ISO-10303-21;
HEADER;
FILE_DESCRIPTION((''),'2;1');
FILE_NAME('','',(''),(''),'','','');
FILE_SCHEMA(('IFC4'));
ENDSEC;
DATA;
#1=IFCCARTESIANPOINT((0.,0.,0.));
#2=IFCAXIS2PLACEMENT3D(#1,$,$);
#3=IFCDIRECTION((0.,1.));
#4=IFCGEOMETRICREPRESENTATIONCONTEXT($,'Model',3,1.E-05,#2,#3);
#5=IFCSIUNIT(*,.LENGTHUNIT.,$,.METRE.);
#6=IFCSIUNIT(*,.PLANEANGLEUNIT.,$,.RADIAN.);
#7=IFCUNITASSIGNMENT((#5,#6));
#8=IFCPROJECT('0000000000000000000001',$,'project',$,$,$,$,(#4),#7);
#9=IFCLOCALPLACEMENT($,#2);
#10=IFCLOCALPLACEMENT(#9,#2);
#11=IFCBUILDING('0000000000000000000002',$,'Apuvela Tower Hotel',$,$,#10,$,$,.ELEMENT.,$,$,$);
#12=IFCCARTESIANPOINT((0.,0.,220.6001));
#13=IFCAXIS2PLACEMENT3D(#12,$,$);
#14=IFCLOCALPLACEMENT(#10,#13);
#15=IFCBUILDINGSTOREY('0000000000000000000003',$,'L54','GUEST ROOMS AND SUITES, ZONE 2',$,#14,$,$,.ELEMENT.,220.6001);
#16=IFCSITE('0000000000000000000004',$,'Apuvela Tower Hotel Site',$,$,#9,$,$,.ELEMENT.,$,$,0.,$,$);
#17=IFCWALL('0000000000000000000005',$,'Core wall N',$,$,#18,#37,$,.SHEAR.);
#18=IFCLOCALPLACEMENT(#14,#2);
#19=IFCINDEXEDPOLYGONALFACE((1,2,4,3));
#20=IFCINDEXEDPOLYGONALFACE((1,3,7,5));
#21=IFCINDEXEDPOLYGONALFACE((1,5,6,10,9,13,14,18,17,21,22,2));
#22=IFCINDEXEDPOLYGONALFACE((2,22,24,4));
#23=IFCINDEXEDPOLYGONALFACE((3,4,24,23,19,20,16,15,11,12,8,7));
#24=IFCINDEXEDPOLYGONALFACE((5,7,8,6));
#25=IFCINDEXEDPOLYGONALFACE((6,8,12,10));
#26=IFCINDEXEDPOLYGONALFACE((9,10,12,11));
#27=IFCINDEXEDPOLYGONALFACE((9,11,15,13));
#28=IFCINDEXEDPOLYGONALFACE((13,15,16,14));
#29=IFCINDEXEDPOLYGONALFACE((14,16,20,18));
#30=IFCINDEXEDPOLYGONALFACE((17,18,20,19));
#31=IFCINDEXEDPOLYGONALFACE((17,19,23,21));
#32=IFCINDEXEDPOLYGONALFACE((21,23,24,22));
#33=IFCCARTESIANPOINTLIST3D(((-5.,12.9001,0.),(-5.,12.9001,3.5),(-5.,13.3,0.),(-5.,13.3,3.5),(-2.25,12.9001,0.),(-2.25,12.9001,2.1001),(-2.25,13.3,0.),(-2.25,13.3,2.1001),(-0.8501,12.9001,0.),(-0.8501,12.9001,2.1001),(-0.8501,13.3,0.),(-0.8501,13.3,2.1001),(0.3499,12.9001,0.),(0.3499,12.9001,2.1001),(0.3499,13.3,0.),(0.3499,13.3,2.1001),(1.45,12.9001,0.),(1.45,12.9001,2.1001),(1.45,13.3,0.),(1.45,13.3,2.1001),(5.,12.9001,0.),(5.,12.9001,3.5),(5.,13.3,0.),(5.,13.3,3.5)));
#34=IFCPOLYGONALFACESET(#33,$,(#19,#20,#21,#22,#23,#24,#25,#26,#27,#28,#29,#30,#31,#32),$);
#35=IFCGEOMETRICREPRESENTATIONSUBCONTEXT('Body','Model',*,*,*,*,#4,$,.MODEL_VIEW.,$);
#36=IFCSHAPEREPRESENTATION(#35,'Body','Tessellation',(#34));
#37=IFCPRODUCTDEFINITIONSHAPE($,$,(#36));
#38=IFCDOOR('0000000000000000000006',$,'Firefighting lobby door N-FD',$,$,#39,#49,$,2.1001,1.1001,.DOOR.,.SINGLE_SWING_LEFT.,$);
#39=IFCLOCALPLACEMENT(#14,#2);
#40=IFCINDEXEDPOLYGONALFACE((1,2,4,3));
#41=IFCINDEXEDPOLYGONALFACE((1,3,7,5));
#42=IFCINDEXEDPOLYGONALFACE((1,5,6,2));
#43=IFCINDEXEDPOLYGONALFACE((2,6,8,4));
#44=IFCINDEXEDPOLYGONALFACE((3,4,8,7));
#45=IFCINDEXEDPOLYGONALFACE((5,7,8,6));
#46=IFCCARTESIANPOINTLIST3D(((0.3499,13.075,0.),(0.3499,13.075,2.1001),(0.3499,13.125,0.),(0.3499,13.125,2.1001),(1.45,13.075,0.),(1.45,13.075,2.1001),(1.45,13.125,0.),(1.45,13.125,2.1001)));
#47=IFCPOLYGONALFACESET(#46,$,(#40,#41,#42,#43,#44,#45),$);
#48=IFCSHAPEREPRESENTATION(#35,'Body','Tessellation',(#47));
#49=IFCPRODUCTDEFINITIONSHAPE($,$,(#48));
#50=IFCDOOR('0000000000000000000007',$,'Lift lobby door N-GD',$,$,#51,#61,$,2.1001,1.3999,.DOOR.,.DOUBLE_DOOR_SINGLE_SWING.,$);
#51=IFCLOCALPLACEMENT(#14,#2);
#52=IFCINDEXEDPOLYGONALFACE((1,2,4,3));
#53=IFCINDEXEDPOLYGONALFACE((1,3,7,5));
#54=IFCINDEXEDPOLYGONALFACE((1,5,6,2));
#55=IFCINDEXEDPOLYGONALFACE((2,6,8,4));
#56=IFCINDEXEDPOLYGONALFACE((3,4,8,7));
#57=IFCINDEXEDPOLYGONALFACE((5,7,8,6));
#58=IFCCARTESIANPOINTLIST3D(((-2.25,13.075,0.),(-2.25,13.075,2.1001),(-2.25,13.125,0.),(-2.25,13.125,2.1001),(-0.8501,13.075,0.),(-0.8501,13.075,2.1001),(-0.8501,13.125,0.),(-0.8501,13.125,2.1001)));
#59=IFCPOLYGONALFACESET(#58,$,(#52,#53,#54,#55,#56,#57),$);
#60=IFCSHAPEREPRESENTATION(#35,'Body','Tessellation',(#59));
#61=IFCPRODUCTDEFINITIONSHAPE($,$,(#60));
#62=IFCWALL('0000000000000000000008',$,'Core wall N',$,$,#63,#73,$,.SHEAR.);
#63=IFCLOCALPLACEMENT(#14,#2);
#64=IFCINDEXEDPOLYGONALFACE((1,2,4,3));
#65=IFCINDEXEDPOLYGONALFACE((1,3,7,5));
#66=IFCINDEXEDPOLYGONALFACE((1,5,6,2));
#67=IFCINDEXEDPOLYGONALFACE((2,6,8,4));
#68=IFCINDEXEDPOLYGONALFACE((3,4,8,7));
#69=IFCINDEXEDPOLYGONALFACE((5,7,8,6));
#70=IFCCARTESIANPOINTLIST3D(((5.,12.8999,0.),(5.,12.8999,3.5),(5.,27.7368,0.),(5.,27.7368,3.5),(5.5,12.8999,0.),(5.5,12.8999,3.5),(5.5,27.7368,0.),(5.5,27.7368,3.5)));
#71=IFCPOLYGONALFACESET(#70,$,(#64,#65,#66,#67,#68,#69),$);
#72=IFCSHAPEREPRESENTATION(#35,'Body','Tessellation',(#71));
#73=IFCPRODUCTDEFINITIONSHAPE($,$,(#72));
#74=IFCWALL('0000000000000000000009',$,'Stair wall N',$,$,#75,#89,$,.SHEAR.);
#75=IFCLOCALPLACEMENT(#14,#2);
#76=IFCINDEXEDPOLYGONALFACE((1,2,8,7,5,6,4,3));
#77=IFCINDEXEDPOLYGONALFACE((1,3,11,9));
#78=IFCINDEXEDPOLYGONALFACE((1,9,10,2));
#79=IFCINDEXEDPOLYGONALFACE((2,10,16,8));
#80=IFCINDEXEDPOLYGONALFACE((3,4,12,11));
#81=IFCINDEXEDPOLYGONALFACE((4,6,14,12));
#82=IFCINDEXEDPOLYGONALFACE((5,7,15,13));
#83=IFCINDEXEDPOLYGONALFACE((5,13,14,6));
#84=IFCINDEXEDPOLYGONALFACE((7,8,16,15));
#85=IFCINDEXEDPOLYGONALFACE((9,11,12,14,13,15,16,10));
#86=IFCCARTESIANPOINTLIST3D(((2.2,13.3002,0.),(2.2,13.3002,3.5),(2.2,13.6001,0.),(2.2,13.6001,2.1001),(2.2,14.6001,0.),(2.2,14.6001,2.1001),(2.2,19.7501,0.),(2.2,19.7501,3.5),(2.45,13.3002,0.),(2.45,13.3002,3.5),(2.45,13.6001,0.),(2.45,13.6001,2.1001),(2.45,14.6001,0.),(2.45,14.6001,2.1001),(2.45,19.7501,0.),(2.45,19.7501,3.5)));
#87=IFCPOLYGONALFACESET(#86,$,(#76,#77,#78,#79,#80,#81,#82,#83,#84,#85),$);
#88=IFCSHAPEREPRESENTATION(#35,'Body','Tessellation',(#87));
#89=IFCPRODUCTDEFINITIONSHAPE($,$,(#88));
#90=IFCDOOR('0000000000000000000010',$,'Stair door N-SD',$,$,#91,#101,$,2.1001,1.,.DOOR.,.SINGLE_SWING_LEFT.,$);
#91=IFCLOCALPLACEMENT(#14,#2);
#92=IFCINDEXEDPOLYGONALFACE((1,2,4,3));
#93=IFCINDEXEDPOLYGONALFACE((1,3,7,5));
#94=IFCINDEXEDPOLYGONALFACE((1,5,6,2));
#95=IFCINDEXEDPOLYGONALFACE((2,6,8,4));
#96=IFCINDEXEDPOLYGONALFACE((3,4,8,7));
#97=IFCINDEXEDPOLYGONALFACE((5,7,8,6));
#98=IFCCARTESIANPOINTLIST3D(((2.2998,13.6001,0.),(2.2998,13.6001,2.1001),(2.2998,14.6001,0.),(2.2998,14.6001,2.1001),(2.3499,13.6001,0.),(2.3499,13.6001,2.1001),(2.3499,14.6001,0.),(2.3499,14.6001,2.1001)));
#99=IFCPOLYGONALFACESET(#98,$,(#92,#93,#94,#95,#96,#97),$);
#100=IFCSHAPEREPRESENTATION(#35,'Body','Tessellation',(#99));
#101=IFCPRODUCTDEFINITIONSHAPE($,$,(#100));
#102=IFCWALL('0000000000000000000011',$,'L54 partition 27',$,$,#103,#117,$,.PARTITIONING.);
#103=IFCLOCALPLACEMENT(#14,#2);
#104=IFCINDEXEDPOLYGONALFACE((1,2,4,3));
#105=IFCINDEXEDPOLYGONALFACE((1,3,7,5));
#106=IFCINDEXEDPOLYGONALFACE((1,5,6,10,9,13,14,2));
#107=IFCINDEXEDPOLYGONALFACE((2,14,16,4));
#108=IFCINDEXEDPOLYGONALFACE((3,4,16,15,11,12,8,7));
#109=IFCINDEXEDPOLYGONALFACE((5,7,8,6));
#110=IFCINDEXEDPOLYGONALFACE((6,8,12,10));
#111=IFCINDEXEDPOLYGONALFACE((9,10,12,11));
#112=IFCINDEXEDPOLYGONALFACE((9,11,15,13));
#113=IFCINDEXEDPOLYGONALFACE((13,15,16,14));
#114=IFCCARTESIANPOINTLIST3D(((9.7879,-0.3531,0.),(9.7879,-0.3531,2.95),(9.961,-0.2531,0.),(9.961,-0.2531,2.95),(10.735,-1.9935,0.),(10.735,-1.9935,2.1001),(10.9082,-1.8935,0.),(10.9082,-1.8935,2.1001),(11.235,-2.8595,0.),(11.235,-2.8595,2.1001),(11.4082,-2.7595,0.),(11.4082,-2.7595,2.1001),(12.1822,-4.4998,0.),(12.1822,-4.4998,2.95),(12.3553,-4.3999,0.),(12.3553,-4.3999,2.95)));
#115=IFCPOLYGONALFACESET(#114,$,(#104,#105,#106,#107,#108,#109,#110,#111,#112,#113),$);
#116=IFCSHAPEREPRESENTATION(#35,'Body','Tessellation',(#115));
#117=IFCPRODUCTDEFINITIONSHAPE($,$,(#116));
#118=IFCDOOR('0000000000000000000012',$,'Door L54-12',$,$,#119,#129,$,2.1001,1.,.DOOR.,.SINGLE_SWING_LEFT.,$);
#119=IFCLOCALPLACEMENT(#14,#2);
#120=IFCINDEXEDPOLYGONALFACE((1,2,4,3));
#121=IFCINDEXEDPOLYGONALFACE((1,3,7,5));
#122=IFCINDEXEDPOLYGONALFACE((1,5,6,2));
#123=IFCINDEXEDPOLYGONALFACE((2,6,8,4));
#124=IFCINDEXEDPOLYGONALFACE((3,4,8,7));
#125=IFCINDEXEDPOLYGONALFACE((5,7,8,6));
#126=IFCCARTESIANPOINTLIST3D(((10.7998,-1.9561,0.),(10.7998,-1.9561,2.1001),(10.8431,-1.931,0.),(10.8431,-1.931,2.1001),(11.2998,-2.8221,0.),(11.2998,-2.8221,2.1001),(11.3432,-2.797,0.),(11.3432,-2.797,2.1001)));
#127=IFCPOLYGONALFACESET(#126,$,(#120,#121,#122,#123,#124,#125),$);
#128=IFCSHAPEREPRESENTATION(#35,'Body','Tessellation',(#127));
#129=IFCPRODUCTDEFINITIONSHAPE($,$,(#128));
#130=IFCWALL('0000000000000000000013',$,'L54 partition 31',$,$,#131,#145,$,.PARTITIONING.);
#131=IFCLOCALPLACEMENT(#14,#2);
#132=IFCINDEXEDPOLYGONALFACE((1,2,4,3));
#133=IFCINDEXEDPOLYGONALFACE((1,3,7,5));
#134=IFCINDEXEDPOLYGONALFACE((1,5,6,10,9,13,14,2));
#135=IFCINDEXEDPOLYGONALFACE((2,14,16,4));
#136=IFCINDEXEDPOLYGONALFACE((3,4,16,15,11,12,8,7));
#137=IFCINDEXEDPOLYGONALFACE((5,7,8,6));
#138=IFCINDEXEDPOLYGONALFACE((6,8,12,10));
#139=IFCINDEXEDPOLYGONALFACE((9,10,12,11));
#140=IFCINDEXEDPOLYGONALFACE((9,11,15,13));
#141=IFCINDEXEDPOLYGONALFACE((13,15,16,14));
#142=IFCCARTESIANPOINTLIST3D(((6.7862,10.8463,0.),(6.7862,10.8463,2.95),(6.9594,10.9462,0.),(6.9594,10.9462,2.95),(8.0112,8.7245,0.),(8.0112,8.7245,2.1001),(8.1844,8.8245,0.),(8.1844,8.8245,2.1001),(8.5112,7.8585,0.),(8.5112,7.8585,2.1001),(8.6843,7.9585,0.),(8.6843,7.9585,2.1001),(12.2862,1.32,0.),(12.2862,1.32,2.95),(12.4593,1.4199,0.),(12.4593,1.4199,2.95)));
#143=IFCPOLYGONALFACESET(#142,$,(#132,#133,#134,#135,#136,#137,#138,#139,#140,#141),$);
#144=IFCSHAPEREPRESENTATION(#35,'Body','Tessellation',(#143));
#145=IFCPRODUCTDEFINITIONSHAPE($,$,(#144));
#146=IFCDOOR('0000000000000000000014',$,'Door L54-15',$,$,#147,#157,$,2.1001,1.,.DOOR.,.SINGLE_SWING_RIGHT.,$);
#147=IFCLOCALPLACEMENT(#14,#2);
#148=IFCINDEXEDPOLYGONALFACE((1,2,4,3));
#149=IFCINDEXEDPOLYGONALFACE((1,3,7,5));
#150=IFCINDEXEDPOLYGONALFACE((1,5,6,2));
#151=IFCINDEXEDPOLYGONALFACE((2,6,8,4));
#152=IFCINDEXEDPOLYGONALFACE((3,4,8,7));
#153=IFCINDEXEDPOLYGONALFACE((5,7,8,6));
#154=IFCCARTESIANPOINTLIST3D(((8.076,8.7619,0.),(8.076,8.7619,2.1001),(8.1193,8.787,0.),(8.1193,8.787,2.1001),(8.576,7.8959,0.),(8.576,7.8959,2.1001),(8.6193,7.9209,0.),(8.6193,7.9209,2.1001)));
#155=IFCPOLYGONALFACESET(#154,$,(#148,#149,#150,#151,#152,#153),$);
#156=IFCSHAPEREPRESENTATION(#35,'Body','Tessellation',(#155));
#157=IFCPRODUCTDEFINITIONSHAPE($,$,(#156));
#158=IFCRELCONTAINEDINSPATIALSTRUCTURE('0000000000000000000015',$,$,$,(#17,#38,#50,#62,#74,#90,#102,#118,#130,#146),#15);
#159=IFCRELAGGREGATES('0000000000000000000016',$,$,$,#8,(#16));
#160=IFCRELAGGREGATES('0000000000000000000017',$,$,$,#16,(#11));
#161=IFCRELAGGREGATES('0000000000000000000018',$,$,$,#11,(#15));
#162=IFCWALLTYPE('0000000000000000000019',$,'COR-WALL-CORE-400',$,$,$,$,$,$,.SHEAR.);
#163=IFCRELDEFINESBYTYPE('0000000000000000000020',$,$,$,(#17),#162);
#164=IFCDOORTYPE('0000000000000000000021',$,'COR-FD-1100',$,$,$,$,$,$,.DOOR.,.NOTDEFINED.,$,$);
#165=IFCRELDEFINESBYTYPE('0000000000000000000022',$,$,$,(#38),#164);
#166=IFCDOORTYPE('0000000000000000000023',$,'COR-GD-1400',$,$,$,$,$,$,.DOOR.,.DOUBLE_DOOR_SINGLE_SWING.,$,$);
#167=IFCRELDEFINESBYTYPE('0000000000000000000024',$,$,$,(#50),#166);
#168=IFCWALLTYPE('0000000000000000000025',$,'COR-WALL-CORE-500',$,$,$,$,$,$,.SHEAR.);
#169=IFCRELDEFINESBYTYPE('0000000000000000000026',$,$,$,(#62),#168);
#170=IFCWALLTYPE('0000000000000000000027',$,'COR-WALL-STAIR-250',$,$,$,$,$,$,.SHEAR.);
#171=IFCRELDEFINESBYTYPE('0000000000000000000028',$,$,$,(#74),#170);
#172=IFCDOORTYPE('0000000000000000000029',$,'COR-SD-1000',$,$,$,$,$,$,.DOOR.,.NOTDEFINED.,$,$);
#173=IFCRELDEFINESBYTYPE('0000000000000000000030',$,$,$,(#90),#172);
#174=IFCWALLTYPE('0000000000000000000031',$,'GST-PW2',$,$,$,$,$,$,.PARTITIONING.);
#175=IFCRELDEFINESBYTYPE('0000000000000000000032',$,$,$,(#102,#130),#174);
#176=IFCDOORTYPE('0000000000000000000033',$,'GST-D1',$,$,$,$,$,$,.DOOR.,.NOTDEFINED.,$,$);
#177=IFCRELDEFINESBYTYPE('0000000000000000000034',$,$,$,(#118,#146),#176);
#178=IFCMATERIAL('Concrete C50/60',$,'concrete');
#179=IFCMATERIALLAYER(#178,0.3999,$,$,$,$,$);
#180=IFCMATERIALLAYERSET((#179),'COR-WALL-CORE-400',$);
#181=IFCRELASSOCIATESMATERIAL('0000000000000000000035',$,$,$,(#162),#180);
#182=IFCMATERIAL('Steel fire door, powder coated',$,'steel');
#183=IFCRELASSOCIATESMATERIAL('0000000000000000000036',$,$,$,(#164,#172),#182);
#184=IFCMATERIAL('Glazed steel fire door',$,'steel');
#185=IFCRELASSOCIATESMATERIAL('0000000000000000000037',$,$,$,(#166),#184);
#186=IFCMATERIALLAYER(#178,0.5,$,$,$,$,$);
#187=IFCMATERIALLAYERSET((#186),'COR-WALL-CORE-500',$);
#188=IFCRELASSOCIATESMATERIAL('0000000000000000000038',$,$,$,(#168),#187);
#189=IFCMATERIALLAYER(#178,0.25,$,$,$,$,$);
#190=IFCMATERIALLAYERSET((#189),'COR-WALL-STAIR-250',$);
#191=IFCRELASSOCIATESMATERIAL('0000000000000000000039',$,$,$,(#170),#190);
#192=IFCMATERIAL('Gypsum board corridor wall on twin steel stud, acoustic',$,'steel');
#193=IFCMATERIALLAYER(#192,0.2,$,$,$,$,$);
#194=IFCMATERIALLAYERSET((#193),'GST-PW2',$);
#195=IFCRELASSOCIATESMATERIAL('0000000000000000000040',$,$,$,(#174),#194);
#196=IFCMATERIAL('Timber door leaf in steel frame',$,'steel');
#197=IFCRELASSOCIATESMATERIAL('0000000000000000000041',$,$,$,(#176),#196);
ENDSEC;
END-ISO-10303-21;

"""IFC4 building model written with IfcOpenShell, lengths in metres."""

from ifc_helpers import new_model, si_unit, direction, frame, frame_2d, origin, place, context, subcontext, project, spatial, rectangle, extrude, material, layer, layer_set, type_object, element, fill, save


model = new_model("IFC4")

# Units and contexts
model_context = context("Model", 3, precision=1e-05, world=origin(), true_north=direction((0.0, 1.0)))
body_context = subcontext(model_context, "Body", "Model", "MODEL_VIEW")
ifc_project = project(units=[si_unit("LENGTHUNIT", "METRE"), si_unit("PLANEANGLEUNIT", "RADIAN")], contexts=[model_context])

# Site, building, storey
site_placement = place(None, origin())
site = spatial("IfcSite", under=ifc_project, at=site_placement, Name="Apuvela Tower Hotel Site", CompositionType="ELEMENT", RefElevation=0.0)
building_placement = place(site_placement, origin())
building = spatial("IfcBuilding", under=site, at=building_placement, Name="Apuvela Tower Hotel", CompositionType="ELEMENT")
storey_placement = place(building_placement, frame((0.0, 0.0, 220.6001)))
storey = spatial("IfcBuildingStorey", under=building, at=storey_placement, Name="L54", Description="GUEST ROOMS AND SUITES, ZONE 2", CompositionType="ELEMENT", Elevation=220.6001)

# Shared definitions
ifc_material_1 = material(Name="Concrete C50/60", Category="concrete")

# Wall, openings, doors
ifc_layer_1 = layer(ifc_material_1, 0.3999)
ifc_layer_set_1 = layer_set([ifc_layer_1], Name="COR-WALL-CORE-400")
wall_type_1 = type_object("IfcWallType", Name="COR-WALL-CORE-400", PredefinedType="SHEAR", material=ifc_layer_set_1)
wall_1_placement = place(storey_placement, frame((5.0, 13.1001, 0.0), z_axis=(0.0, 0.0, 1.0), x_axis=(-1.0, 0.0, 0.0)))
wall_1 = element("IfcWall", 1, at=wall_1_placement, inside=storey, type_object=wall_type_1, Name="Core wall N", PredefinedType="SHEAR", context=body_context, shape_type="SweptSolid", body=[
    extrude(rectangle(XDim=10.0, YDim=0.3999, at=frame_2d((5.0, 0.0))), origin(), (0.0, 0.0, 1.0), 3.5),
])
opening_1_placement = place(wall_1_placement, frame((3.55, 0.0, 0.0)))
opening_1 = element("IfcOpeningElement", 2, at=opening_1_placement, cuts=wall_1, PredefinedType="OPENING", context=body_context, shape_type="SweptSolid", body=[
    extrude(rectangle(XDim=1.1001, YDim=2.1001, at=frame_2d((0.55, 1.05))), frame((0.0, 0.21, 0.0), z_axis=(0.0, -1.0, 0.0), x_axis=(1.0, 0.0, 0.0)), (0.0, 0.0, 1.0), 0.4199),
])
opening_2_placement = place(wall_1_placement, frame((5.8501, 0.0, 0.0)))
opening_2 = element("IfcOpeningElement", 3, at=opening_2_placement, cuts=wall_1, PredefinedType="OPENING", context=body_context, shape_type="SweptSolid", body=[
    extrude(rectangle(XDim=1.3999, YDim=2.1001, at=frame_2d((0.7, 1.05))), frame((0.0, 0.21, 0.0), z_axis=(0.0, -1.0, 0.0), x_axis=(1.0, 0.0, 0.0)), (0.0, 0.0, 1.0), 0.4199),
])
ifc_material_2 = material(Name="Steel fire door, powder coated", Category="steel")
door_type_1 = type_object("IfcDoorType", Name="COR-FD-1100", OperationType="NOTDEFINED", PredefinedType="DOOR", material=ifc_material_2)
door_1_placement = place(opening_1_placement, frame((1.1001, 0.0, 0.0), z_axis=(0.0, 0.0, 1.0), x_axis=(-1.0, 0.0, 0.0)))
door_1 = element("IfcDoor", 4, at=door_1_placement, inside=storey, type_object=door_type_1, Name="Firefighting lobby door N-FD", OperationType="SINGLE_SWING_LEFT", OverallHeight=2.1001, OverallWidth=1.1001, PredefinedType="DOOR", context=body_context, shape_type="SweptSolid", body=[
    extrude(rectangle(XDim=1.1001, YDim=2.1001, at=frame_2d((0.55, 1.05))), frame((0.0, 0.0249, 0.0), z_axis=(0.0, -1.0, 0.0), x_axis=(1.0, 0.0, 0.0)), (0.0, 0.0, 1.0), 0.05),
])
fill(opening_1, door_1)
ifc_material_3 = material(Name="Glazed steel fire door", Category="steel")
door_type_2 = type_object("IfcDoorType", Name="COR-GD-1400", OperationType="DOUBLE_DOOR_SINGLE_SWING", PredefinedType="DOOR", material=ifc_material_3)
door_2_placement = place(opening_2_placement, frame((1.3999, 0.0, 0.0), z_axis=(0.0, 0.0, 1.0), x_axis=(-1.0, 0.0, 0.0)))
door_2 = element("IfcDoor", 5, at=door_2_placement, inside=storey, type_object=door_type_2, Name="Lift lobby door N-GD", OperationType="DOUBLE_DOOR_SINGLE_SWING", OverallHeight=2.1001, OverallWidth=1.3999, PredefinedType="DOOR", context=body_context, shape_type="SweptSolid", body=[
    extrude(rectangle(XDim=1.3999, YDim=2.1001, at=frame_2d((0.7, 1.05))), frame((0.0, 0.0249, 0.0), z_axis=(0.0, -1.0, 0.0), x_axis=(1.0, 0.0, 0.0)), (0.0, 0.0, 1.0), 0.05),
])
fill(opening_2, door_2)

# Wall
ifc_layer_2 = layer(ifc_material_1, 0.5)
ifc_layer_set_2 = layer_set([ifc_layer_2], Name="COR-WALL-CORE-500")
wall_type_2 = type_object("IfcWallType", Name="COR-WALL-CORE-500", PredefinedType="SHEAR", material=ifc_layer_set_2)
wall_2_placement = place(storey_placement, frame((5.25, 12.8999, 0.0), z_axis=(0.0, 0.0, 1.0), x_axis=(0.0, 1.0, 0.0)))
element("IfcWall", 6, at=wall_2_placement, inside=storey, type_object=wall_type_2, Name="Core wall N", PredefinedType="SHEAR", context=body_context, shape_type="SweptSolid", body=[
    extrude(rectangle(XDim=14.8369, YDim=0.5, at=frame_2d((7.4185, 0.0))), origin(), (0.0, 0.0, 1.0), 3.5),
])

# Walls, openings, doors
ifc_layer_3 = layer(ifc_material_1, 0.25)
ifc_layer_set_3 = layer_set([ifc_layer_3], Name="COR-WALL-STAIR-250")
wall_type_3 = type_object("IfcWallType", Name="COR-WALL-STAIR-250", PredefinedType="SHEAR", material=ifc_layer_set_3)
wall_3_placement = place(storey_placement, frame((2.325, 13.3, 0.0), z_axis=(0.0, 0.0, 1.0), x_axis=(0.0, 1.0, 0.0)))
wall_3 = element("IfcWall", 7, at=wall_3_placement, inside=storey, type_object=wall_type_3, Name="Stair wall N", PredefinedType="SHEAR", context=body_context, shape_type="SweptSolid", body=[
    extrude(rectangle(XDim=6.45, YDim=0.25, at=frame_2d((3.2251, 0.0))), origin(), (0.0, 0.0, 1.0), 3.5),
])
opening_3_placement = place(wall_3_placement, frame((0.3, 0.0, 0.0)))
opening_3 = element("IfcOpeningElement", 8, at=opening_3_placement, cuts=wall_3, PredefinedType="OPENING", context=body_context, shape_type="SweptSolid", body=[
    extrude(rectangle(XDim=1.0, YDim=2.1001, at=frame_2d((0.5, 1.05))), frame((0.0, 0.135, 0.0), z_axis=(0.0, -1.0, 0.0), x_axis=(1.0, 0.0, 0.0)), (0.0, 0.0, 1.0), 0.27),
])
door_type_3 = type_object("IfcDoorType", Name="COR-SD-1000", OperationType="NOTDEFINED", PredefinedType="DOOR", material=ifc_material_2)
door_3_placement = place(opening_3_placement, frame((1.0, 0.0, 0.0), z_axis=(0.0, 0.0, 1.0), x_axis=(-1.0, 0.0, 0.0)))
door_3 = element("IfcDoor", 9, at=door_3_placement, inside=storey, type_object=door_type_3, Name="Stair door N-SD", OperationType="SINGLE_SWING_LEFT", OverallHeight=2.1001, OverallWidth=1.0, PredefinedType="DOOR", context=body_context, shape_type="SweptSolid", body=[
    extrude(rectangle(XDim=1.0, YDim=2.1001, at=frame_2d((0.5, 1.05))), frame((0.0, 0.0249, 0.0), z_axis=(0.0, -1.0, 0.0), x_axis=(1.0, 0.0, 0.0)), (0.0, 0.0, 1.0), 0.05),
])
fill(opening_3, door_3)
ifc_material_4 = material(Name="Gypsum board corridor wall on twin steel stud, acoustic", Category="steel")
ifc_layer_4 = layer(ifc_material_4, 0.2)
ifc_layer_set_4 = layer_set([ifc_layer_4], Name="GST-PW2")
wall_type_4 = type_object("IfcWallType", Name="GST-PW2", PredefinedType="PARTITIONING", material=ifc_layer_set_4)
wall_4_placement = place(storey_placement, frame((9.8745, -0.3032, 0.0), z_axis=(0.0, 0.0, 1.0), x_axis=(0.500027, -0.86601, 0.0)))
wall_4 = element("IfcWall", 10, at=wall_4_placement, inside=storey, type_object=wall_type_4, Name="L54 partition 27", PredefinedType="PARTITIONING", context=body_context, shape_type="SweptSolid", body=[
    extrude(rectangle(XDim=4.7883, YDim=0.2, at=frame_2d((2.394, 0.0))), origin(), (0.0, 0.0, 1.0), 2.95),
])
opening_4_placement = place(wall_4_placement, frame((1.894, 0.0, 0.0)))
opening_4 = element("IfcOpeningElement", 11, at=opening_4_placement, cuts=wall_4, PredefinedType="OPENING", context=body_context, shape_type="SweptSolid", body=[
    extrude(rectangle(XDim=1.0, YDim=2.1001, at=frame_2d((0.5, 1.05))), frame((0.0, 0.1099, 0.0), z_axis=(0.0, -1.0, 0.0), x_axis=(1.0, 0.0, 0.0)), (0.0, 0.0, 1.0), 0.22),
])
ifc_material_5 = material(Name="Timber door leaf in steel frame", Category="steel")
door_type_4 = type_object("IfcDoorType", Name="GST-D1", OperationType="NOTDEFINED", PredefinedType="DOOR", material=ifc_material_5)
door_4_placement = place(opening_4_placement, origin())
door_4 = element("IfcDoor", 12, at=door_4_placement, inside=storey, type_object=door_type_4, Name="Door L54-12", OperationType="SINGLE_SWING_LEFT", OverallHeight=2.1001, OverallWidth=1.0, PredefinedType="DOOR", context=body_context, shape_type="SweptSolid", body=[
    extrude(rectangle(XDim=1.0, YDim=2.1001, at=frame_2d((0.5, 1.05))), frame((0.0, 0.0249, 0.0), z_axis=(0.0, -1.0, 0.0), x_axis=(1.0, 0.0, 0.0)), (0.0, 0.0, 1.0), 0.05),
])
fill(opening_4, door_4)
wall_5_placement = place(storey_placement, frame((6.8728, 10.8962, 0.0), z_axis=(0.0, 0.0, 1.0), x_axis=(0.499997, -0.866027, 0.0)))
wall_5 = element("IfcWall", 13, at=wall_5_placement, inside=storey, type_object=wall_type_4, Name="L54 partition 31", PredefinedType="PARTITIONING", context=body_context, shape_type="SweptSolid", body=[
    extrude(rectangle(XDim=11.0, YDim=0.2, at=frame_2d((5.5, 0.0))), origin(), (0.0, 0.0, 1.0), 2.95),
])
opening_5_placement = place(wall_5_placement, frame((2.45, 0.0, 0.0)))
opening_5 = element("IfcOpeningElement", 14, at=opening_5_placement, cuts=wall_5, PredefinedType="OPENING", context=body_context, shape_type="SweptSolid", body=[
    extrude(rectangle(XDim=1.0, YDim=2.1001, at=frame_2d((0.5, 1.05))), frame((0.0, 0.1099, 0.0), z_axis=(0.0, -1.0, 0.0), x_axis=(1.0, 0.0, 0.0)), (0.0, 0.0, 1.0), 0.22),
])
door_5_placement = place(opening_5_placement, origin())
door_5 = element("IfcDoor", 15, at=door_5_placement, inside=storey, type_object=door_type_4, Name="Door L54-15", OperationType="SINGLE_SWING_RIGHT", OverallHeight=2.1001, OverallWidth=1.0, PredefinedType="DOOR", context=body_context, shape_type="SweptSolid", body=[
    extrude(rectangle(XDim=1.0, YDim=2.1001, at=frame_2d((0.5, 1.05))), frame((0.0, 0.0249, 0.0), z_axis=(0.0, -1.0, 0.0), x_axis=(1.0, 0.0, 0.0)), (0.0, 0.0, 1.0), 0.05),
])
fill(opening_5, door_5)

save(model, "model.ifc")
